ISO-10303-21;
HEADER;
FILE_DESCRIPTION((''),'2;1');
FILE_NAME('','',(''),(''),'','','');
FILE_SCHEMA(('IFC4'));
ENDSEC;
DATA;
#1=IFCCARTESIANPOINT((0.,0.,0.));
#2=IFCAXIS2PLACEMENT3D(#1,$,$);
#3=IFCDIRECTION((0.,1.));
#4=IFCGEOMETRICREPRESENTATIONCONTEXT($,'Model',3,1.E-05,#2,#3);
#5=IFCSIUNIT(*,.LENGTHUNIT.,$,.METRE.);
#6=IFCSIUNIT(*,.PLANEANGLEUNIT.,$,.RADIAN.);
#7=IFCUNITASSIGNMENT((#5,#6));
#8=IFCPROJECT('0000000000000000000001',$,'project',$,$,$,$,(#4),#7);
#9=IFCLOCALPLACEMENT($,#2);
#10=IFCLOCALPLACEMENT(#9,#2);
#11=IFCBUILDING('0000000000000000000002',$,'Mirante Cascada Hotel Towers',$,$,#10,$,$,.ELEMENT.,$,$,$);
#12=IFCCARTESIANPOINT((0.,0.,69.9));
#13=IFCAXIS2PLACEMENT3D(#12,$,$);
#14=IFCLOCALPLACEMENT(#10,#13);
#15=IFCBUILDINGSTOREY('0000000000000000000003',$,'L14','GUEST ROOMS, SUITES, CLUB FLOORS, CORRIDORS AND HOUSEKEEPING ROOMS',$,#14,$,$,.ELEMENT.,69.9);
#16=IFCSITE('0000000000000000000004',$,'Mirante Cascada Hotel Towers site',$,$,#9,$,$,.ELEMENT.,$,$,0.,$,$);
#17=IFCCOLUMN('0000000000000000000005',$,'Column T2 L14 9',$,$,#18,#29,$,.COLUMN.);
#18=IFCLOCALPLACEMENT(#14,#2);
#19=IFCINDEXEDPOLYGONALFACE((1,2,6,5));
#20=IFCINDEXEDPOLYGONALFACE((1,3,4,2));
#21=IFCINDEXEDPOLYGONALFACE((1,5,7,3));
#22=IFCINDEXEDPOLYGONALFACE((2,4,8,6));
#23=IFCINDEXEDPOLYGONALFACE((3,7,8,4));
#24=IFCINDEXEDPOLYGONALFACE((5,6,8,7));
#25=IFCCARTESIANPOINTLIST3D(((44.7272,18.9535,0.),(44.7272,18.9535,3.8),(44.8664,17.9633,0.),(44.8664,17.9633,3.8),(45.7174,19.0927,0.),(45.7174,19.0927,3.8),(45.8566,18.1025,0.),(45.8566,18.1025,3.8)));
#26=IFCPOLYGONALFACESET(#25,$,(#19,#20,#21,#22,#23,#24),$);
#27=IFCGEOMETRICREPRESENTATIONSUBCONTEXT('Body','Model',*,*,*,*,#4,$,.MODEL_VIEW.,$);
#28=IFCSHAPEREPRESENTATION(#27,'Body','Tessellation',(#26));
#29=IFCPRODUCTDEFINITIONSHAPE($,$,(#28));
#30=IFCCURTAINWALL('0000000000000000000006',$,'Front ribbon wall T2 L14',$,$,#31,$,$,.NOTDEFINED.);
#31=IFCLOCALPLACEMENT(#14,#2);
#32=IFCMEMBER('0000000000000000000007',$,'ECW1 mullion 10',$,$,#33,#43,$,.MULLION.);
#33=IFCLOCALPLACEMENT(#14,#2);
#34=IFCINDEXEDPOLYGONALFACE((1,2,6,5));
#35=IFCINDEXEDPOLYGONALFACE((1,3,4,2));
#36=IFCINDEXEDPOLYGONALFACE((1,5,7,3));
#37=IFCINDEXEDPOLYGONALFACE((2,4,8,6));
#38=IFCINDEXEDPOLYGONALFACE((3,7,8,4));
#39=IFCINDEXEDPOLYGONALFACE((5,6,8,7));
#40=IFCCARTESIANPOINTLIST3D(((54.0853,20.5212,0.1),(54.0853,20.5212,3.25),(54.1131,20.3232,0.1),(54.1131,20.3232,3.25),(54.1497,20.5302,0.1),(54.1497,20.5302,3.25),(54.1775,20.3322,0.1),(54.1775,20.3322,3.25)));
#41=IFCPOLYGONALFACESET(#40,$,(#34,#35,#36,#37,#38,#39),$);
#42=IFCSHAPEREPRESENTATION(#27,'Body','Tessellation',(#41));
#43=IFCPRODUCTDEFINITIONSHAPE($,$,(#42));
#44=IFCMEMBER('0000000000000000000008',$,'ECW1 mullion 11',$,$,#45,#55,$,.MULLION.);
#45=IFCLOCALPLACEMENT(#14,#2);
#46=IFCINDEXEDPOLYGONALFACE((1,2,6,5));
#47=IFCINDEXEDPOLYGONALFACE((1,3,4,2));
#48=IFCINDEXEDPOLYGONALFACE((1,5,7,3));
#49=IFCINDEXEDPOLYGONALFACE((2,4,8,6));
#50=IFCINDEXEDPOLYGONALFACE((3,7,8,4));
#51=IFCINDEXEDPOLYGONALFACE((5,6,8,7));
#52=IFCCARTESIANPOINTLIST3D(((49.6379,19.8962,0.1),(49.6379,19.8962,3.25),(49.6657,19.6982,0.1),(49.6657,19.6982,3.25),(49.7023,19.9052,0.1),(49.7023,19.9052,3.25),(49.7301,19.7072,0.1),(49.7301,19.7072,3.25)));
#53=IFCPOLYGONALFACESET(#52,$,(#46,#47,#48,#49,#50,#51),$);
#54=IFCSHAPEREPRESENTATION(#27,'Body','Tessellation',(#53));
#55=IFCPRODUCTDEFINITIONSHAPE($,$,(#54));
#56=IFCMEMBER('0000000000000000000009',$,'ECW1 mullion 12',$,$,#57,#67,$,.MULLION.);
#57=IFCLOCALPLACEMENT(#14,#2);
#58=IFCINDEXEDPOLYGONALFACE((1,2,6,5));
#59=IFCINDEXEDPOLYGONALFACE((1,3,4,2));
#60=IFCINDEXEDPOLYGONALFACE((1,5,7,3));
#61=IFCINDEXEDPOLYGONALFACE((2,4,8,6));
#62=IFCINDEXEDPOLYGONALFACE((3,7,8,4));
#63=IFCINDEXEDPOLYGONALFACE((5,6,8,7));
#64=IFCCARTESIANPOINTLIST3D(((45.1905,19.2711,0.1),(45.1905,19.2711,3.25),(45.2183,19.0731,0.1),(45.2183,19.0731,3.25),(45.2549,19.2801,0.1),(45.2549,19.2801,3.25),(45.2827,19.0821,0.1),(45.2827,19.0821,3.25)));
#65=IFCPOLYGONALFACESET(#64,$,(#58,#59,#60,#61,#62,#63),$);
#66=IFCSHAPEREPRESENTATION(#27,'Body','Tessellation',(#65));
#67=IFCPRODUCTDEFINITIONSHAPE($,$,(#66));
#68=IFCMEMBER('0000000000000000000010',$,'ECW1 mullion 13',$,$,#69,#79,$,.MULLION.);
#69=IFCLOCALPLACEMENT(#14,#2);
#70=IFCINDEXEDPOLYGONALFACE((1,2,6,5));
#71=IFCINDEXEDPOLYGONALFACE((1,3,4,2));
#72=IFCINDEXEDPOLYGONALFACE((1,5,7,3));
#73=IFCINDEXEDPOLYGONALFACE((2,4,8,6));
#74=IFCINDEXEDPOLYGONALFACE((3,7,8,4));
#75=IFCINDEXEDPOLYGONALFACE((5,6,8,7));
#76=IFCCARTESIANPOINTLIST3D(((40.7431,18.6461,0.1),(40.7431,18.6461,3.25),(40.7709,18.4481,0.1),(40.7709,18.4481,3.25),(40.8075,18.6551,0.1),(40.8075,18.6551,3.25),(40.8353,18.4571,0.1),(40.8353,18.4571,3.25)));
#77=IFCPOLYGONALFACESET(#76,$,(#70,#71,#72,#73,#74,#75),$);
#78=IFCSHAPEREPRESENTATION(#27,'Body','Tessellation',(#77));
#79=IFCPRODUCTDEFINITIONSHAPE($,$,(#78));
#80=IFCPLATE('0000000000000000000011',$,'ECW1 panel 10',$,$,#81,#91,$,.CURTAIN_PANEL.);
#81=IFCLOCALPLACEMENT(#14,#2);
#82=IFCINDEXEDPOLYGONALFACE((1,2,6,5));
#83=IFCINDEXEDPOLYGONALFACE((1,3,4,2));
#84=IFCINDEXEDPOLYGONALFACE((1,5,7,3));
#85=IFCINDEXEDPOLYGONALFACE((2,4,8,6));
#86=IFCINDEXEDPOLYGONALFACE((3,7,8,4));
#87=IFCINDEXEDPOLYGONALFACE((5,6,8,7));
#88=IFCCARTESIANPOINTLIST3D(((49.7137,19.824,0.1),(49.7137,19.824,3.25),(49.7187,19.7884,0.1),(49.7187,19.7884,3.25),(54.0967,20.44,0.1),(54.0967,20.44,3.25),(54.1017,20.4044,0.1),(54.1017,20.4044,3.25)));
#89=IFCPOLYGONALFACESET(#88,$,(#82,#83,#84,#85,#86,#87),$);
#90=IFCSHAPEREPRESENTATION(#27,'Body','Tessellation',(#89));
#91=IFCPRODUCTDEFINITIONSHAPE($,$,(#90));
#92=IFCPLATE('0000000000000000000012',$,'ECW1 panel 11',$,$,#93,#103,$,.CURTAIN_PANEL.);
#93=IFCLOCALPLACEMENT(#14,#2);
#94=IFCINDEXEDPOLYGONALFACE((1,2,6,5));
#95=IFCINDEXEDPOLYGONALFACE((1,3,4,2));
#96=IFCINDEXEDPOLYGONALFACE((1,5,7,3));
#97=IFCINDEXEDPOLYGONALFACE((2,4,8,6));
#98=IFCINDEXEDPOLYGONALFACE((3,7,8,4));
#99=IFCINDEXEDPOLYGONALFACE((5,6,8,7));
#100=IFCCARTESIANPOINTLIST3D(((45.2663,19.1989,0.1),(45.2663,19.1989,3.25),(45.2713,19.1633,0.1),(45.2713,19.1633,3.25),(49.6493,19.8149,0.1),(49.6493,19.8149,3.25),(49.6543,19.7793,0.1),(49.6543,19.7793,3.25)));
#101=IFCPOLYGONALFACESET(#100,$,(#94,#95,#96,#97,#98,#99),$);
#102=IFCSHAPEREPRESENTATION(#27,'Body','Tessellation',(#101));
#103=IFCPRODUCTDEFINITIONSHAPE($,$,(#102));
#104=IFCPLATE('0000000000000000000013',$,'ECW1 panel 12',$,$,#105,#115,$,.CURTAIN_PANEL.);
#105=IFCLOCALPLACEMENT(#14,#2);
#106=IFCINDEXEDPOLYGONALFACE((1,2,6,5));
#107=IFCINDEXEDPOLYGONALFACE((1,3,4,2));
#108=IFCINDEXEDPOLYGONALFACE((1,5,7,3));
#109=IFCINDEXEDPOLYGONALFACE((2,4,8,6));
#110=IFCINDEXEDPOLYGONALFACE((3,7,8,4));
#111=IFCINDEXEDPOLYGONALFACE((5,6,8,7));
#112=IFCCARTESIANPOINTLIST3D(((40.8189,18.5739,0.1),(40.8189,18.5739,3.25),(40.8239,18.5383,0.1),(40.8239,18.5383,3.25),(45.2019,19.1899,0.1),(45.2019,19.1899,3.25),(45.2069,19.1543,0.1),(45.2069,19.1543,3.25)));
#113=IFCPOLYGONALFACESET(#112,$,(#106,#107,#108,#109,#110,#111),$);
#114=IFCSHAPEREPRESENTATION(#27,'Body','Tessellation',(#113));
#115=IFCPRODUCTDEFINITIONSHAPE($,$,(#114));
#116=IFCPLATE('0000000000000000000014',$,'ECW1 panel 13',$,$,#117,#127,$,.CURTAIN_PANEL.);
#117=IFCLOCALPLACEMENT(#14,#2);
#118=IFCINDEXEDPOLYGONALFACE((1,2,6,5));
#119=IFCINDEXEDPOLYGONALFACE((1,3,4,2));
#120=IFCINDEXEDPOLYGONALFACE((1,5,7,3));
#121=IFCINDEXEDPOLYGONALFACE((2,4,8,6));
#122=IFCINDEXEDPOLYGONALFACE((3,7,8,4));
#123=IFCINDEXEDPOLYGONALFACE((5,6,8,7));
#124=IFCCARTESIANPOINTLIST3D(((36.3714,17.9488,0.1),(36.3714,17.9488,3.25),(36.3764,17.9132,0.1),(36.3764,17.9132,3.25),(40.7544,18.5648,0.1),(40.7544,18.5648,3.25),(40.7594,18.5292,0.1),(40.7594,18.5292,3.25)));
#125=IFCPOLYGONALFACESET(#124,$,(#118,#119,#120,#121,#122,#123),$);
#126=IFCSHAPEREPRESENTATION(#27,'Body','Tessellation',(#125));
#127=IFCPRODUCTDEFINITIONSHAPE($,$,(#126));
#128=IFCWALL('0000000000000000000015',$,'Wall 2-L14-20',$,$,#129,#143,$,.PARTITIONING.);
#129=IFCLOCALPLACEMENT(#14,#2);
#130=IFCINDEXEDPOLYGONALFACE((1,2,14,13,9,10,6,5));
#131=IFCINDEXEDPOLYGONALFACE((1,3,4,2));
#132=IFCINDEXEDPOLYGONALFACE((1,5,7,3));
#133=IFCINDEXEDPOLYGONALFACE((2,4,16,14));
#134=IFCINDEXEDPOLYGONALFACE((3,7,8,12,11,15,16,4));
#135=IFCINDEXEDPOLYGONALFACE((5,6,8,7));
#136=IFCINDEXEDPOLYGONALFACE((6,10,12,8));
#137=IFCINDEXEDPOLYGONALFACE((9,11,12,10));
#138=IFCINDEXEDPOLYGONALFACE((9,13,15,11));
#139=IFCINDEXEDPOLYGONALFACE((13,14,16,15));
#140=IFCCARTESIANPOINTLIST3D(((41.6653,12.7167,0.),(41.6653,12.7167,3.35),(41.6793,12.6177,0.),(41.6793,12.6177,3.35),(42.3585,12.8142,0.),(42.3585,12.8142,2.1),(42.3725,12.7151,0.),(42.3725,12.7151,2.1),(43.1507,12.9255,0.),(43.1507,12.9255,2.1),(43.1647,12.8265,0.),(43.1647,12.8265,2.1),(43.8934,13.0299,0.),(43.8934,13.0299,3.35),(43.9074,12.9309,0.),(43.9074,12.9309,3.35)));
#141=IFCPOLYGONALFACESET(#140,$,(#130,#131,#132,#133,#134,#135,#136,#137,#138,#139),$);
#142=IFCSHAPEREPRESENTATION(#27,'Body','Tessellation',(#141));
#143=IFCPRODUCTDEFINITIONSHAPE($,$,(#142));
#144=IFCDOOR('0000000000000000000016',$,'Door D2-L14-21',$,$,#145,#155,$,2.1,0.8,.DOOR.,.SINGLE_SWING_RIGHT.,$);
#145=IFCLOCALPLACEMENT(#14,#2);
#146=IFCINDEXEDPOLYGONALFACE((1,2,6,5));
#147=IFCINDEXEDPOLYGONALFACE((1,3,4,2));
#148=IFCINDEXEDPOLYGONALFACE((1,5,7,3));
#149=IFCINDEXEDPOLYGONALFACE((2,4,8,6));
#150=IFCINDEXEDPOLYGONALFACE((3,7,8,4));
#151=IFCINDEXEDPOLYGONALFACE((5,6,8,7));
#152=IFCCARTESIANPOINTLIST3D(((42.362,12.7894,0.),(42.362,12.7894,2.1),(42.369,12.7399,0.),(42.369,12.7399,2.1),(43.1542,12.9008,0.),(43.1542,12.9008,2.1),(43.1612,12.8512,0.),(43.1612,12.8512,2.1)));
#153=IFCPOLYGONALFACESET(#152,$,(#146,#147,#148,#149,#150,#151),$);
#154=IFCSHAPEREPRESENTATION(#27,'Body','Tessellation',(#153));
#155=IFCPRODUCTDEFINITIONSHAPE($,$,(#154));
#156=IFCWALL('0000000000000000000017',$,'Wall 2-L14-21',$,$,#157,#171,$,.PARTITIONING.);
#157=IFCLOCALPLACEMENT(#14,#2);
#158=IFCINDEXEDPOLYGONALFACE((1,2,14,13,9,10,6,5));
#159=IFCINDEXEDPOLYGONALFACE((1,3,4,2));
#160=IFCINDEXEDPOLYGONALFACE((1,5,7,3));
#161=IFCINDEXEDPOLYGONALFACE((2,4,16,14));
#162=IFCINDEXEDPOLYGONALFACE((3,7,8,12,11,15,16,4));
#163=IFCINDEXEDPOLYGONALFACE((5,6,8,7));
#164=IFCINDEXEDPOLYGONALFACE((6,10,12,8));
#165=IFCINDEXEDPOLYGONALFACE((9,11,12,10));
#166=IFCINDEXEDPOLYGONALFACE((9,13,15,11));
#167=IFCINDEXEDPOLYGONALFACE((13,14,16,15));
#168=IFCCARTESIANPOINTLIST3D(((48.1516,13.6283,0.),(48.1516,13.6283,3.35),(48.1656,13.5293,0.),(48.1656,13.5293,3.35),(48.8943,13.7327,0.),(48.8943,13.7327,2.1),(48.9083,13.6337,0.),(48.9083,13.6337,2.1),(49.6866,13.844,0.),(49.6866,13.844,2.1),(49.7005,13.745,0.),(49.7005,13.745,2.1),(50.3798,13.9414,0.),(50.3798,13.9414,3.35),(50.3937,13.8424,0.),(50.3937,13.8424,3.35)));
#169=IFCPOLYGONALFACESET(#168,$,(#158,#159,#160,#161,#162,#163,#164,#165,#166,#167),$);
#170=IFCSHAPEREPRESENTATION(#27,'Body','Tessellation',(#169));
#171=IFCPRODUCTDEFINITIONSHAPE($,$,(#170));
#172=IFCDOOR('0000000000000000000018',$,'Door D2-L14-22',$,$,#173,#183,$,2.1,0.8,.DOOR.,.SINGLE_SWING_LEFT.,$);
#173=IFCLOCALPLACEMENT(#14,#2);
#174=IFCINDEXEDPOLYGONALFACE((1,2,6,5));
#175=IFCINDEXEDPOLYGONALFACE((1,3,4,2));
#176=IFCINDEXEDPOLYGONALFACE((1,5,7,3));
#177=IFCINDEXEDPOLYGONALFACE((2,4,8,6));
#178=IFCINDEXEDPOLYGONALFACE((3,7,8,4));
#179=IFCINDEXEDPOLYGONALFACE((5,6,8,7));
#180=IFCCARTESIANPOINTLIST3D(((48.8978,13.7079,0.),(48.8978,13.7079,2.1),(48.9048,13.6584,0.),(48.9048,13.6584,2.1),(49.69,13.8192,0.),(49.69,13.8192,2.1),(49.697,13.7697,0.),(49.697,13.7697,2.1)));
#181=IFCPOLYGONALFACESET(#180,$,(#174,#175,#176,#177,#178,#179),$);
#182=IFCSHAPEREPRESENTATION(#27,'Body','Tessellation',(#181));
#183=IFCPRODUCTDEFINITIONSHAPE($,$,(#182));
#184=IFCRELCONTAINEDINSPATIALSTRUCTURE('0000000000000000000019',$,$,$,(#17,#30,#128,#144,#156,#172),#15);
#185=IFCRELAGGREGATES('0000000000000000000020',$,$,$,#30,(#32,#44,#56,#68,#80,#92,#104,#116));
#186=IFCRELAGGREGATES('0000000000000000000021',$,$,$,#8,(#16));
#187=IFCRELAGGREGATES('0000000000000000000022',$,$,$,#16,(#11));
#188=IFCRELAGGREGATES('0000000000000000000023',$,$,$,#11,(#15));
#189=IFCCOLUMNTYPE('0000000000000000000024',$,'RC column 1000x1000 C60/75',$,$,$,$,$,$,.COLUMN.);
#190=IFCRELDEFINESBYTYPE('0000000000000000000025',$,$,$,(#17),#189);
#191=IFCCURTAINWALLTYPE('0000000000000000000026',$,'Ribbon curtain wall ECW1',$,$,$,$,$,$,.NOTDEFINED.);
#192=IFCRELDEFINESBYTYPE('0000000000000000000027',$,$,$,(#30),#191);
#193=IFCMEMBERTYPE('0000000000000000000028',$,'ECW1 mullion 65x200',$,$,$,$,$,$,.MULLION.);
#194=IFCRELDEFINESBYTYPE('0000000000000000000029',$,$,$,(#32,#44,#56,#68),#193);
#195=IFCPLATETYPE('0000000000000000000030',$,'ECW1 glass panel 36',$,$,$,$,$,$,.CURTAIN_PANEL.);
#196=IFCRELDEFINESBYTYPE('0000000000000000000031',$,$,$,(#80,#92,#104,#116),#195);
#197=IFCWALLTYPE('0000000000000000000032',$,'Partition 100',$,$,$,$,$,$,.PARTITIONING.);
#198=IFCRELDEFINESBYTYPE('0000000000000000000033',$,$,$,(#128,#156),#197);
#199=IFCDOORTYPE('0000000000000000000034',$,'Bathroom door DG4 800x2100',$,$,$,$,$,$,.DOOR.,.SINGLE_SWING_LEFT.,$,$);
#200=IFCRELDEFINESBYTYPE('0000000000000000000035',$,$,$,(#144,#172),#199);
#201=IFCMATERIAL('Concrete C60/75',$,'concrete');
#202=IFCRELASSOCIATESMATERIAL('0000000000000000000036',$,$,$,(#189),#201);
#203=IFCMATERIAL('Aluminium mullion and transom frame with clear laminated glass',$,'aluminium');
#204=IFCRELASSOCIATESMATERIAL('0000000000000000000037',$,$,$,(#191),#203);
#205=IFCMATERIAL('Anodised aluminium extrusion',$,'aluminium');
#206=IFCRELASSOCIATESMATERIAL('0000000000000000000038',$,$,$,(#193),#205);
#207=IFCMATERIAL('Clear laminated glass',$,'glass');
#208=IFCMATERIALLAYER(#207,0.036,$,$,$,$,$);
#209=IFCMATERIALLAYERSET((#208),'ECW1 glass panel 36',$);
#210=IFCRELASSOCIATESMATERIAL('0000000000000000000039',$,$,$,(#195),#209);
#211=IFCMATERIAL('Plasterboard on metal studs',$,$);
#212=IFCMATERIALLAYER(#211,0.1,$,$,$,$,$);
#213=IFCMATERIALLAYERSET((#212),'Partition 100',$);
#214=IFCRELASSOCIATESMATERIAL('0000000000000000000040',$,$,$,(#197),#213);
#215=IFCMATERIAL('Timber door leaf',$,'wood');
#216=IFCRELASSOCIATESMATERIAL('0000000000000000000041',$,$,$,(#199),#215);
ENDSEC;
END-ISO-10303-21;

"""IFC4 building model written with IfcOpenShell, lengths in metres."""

from ifc_helpers import new_model, si_unit, direction, frame, frame_2d, origin, origin_2d, place, context, subcontext, project, spatial, rectangle, extrude, material, layer, layer_set, material_profile, profile_set, type_object, element, fill, aggregate, save


model = new_model("IFC4")

# Units and contexts
model_context = context("Model", 3, precision=1e-05, world=origin(), true_north=direction((0.0, 1.0)))
body_context = subcontext(model_context, "Body", "Model", "MODEL_VIEW")
ifc_project = project(units=[si_unit("LENGTHUNIT", "METRE"), si_unit("PLANEANGLEUNIT", "RADIAN")], contexts=[model_context])

# Site, building, storey
site_placement = place(None, origin())
site = spatial("IfcSite", under=ifc_project, at=site_placement, Name="Mirante Cascada Hotel Towers site", CompositionType="ELEMENT", RefElevation=0.0)
building_placement = place(site_placement, origin())
building = spatial("IfcBuilding", under=site, at=building_placement, Name="Mirante Cascada Hotel Towers", CompositionType="ELEMENT")
storey_placement = place(building_placement, frame((0.0, 0.0, 69.9)))
storey = spatial("IfcBuildingStorey", under=building, at=storey_placement, Name="L14", Description="GUEST ROOMS, SUITES, CLUB FLOORS, CORRIDORS AND HOUSEKEEPING ROOMS", CompositionType="ELEMENT", Elevation=69.9)

# Column
ifc_material_1 = material(Name="Concrete C60/75", Category="concrete")
ifc_material_profile_1 = material_profile(ifc_material_1, rectangle(XDim=1.0, YDim=1.0, at=origin_2d()), Name="RC column 1000x1000 C60/75")
ifc_profile_set_1 = profile_set([ifc_material_profile_1], Name="Concrete C60/75")
column_type = type_object("IfcColumnType", Name="RC column 1000x1000 C60/75", PredefinedType="COLUMN", material=ifc_profile_set_1)
column_placement = place(storey_placement, frame((45.2919, 18.528, 0.0), z_axis=(0.0, 0.0, 1.0), x_axis=(0.990268, 0.139173, 0.0)))
element("IfcColumn", 1, at=column_placement, inside=storey, type_object=column_type, Name="Column T2 L14 9", PredefinedType="COLUMN", context=body_context, shape_type="SweptSolid", body=[
    extrude(rectangle(XDim=1.0, YDim=1.0, at=origin_2d()), origin(), (0.0, 0.0, 1.0), 3.8),
])

# Curtain wall, members, plates
ifc_material_2 = material(Name="Aluminium mullion and transom frame with clear laminated glass", Category="aluminium")
curtain_wall_type = type_object("IfcCurtainWallType", Name="Ribbon curtain wall ECW1", PredefinedType="NOTDEFINED", material=ifc_material_2)
curtain_wall_placement = place(storey_placement, origin())
curtain_wall = element("IfcCurtainWall", 2, at=curtain_wall_placement, inside=storey, type_object=curtain_wall_type, Name="Front ribbon wall T2 L14", PredefinedType="NOTDEFINED")
ifc_material_3 = material(Name="Anodised aluminium extrusion", Category="aluminium")
ifc_material_profile_2 = material_profile(ifc_material_3, rectangle(XDim=0.2, YDim=0.065, at=origin_2d()), Name="ECW1 MULLION 65x200")
ifc_profile_set_2 = profile_set([ifc_material_profile_2], Name="Anodised aluminium extrusion")
member_type = type_object("IfcMemberType", Name="ECW1 mullion 65x200", PredefinedType="MULLION", material=ifc_profile_set_2)
member_1_placement = place(storey_placement, frame((54.1314, 20.4267, 0.1), z_axis=(0.0, 0.0, 1.0), x_axis=(0.139173, -0.990268, 0.0)))
member_1 = element("IfcMember", 3, at=member_1_placement, type_object=member_type, Name="ECW1 mullion 10", PredefinedType="MULLION", context=body_context, shape_type="SweptSolid", body=[
    extrude(rectangle(XDim=0.2, YDim=0.065, at=origin_2d()), origin(), (0.0, 0.0, 1.0), 3.15),
])
member_2_placement = place(storey_placement, frame((49.684, 19.8017, 0.1), z_axis=(0.0, 0.0, 1.0), x_axis=(0.139173, -0.990268, 0.0)))
member_2 = element("IfcMember", 4, at=member_2_placement, type_object=member_type, Name="ECW1 mullion 11", PredefinedType="MULLION", context=body_context, shape_type="SweptSolid", body=[
    extrude(rectangle(XDim=0.2, YDim=0.065, at=origin_2d()), origin(), (0.0, 0.0, 1.0), 3.15),
])
member_3_placement = place(storey_placement, frame((45.2366, 19.1766, 0.1), z_axis=(0.0, 0.0, 1.0), x_axis=(0.139173, -0.990268, 0.0)))
member_3 = element("IfcMember", 5, at=member_3_placement, type_object=member_type, Name="ECW1 mullion 12", PredefinedType="MULLION", context=body_context, shape_type="SweptSolid", body=[
    extrude(rectangle(XDim=0.2, YDim=0.065, at=origin_2d()), origin(), (0.0, 0.0, 1.0), 3.15),
])
member_4_placement = place(storey_placement, frame((40.7892, 18.5516, 0.1), z_axis=(0.0, 0.0, 1.0), x_axis=(0.139173, -0.990268, 0.0)))
member_4 = element("IfcMember", 6, at=member_4_placement, type_object=member_type, Name="ECW1 mullion 13", PredefinedType="MULLION", context=body_context, shape_type="SweptSolid", body=[
    extrude(rectangle(XDim=0.2, YDim=0.065, at=origin_2d()), origin(), (0.0, 0.0, 1.0), 3.15),
])
ifc_material_4 = material(Name="Clear laminated glass", Category="glass")
ifc_layer_1 = layer(ifc_material_4, 0.036)
ifc_layer_set_1 = layer_set([ifc_layer_1], Name="ECW1 glass panel 36")
plate_type = type_object("IfcPlateType", Name="ECW1 glass panel 36", PredefinedType="CURTAIN_PANEL", material=ifc_layer_set_1)
plate_1_placement = place(storey_placement, frame((51.9077, 20.1142, 0.1), z_axis=(0.0, 0.0, 1.0), x_axis=(-0.990268, -0.139173, 0.0)))
plate_1 = element("IfcPlate", 7, at=plate_1_placement, type_object=plate_type, Name="ECW1 panel 10", PredefinedType="CURTAIN_PANEL", context=body_context, shape_type="SweptSolid", body=[
    extrude(rectangle(XDim=4.4261, YDim=0.036, at=origin_2d()), origin(), (0.0, 0.0, 1.0), 3.15),
])
plate_2_placement = place(storey_placement, frame((47.4603, 19.4891, 0.1), z_axis=(0.0, 0.0, 1.0), x_axis=(-0.990268, -0.139173, 0.0)))
plate_2 = element("IfcPlate", 8, at=plate_2_placement, type_object=plate_type, Name="ECW1 panel 11", PredefinedType="CURTAIN_PANEL", context=body_context, shape_type="SweptSolid", body=[
    extrude(rectangle(XDim=4.4261, YDim=0.036, at=origin_2d()), origin(), (0.0, 0.0, 1.0), 3.15),
])
plate_3_placement = place(storey_placement, frame((43.0129, 18.8641, 0.1), z_axis=(0.0, 0.0, 1.0), x_axis=(-0.990268, -0.139173, 0.0)))
plate_3 = element("IfcPlate", 9, at=plate_3_placement, type_object=plate_type, Name="ECW1 panel 12", PredefinedType="CURTAIN_PANEL", context=body_context, shape_type="SweptSolid", body=[
    extrude(rectangle(XDim=4.4261, YDim=0.036, at=origin_2d()), origin(), (0.0, 0.0, 1.0), 3.15),
])
plate_4_placement = place(storey_placement, frame((38.5654, 18.239, 0.1), z_axis=(0.0, 0.0, 1.0), x_axis=(-0.990268, -0.139173, 0.0)))
plate_4 = element("IfcPlate", 10, at=plate_4_placement, type_object=plate_type, Name="ECW1 panel 13", PredefinedType="CURTAIN_PANEL", context=body_context, shape_type="SweptSolid", body=[
    extrude(rectangle(XDim=4.4261, YDim=0.036, at=origin_2d()), origin(), (0.0, 0.0, 1.0), 3.15),
])
aggregate(curtain_wall, [member_1, member_2, member_3, member_4, plate_1, plate_2, plate_3, plate_4])

# Walls, openings, doors
ifc_material_5 = material(Name="Plasterboard on metal studs")
ifc_layer_2 = layer(ifc_material_5, 0.1)
ifc_layer_set_2 = layer_set([ifc_layer_2], Name="Partition 100")
wall_type = type_object("IfcWallType", Name="Partition 100", PredefinedType="PARTITIONING", material=ifc_layer_set_2)
wall_1_placement = place(storey_placement, frame((43.9004, 12.9804, 0.0), z_axis=(0.0, 0.0, 1.0), x_axis=(-0.990264, -0.1392, 0.0)))
wall_1 = element("IfcWall", 11, at=wall_1_placement, inside=storey, type_object=wall_type, Name="Wall 2-L14-20", PredefinedType="PARTITIONING", context=body_context, shape_type="SweptSolid", body=[
    extrude(rectangle(XDim=2.25, YDim=0.1, at=frame_2d((1.125, 0.0))), origin(), (0.0, 0.0, 1.0), 3.35),
])
opening_1_placement = place(wall_1_placement, frame((0.75, 0.0, 0.0)))
opening_1 = element("IfcOpeningElement", 12, at=opening_1_placement, cuts=wall_1, PredefinedType="OPENING", context=body_context, shape_type="SweptSolid", body=[
    extrude(rectangle(XDim=0.8, YDim=2.1, at=frame_2d((0.4, 1.05))), frame((0.0, 0.05, 0.0), z_axis=(0.0, -1.0, 0.0), x_axis=(1.0, 0.0, 0.0)), (0.0, 0.0, 1.0), 0.1),
])
ifc_material_6 = material(Name="Timber door leaf", Category="wood")
door_type = type_object("IfcDoorType", Name="Bathroom door DG4 800x2100", OperationType="SINGLE_SWING_LEFT", PredefinedType="DOOR", material=ifc_material_6)
door_1_placement = place(opening_1_placement, frame((0.8, 0.0, 0.0), z_axis=(0.0, 0.0, 1.0), x_axis=(-1.0, 0.0, 0.0)))
door_1 = element("IfcDoor", 13, at=door_1_placement, inside=storey, type_object=door_type, Name="Door D2-L14-21", OperationType="SINGLE_SWING_RIGHT", OverallHeight=2.1, OverallWidth=0.8, PredefinedType="DOOR", context=body_context, shape_type="SweptSolid", body=[
    extrude(rectangle(XDim=0.8, YDim=2.1, at=frame_2d((0.4, 1.05))), frame((0.0, 0.025, 0.0), z_axis=(0.0, -1.0, 0.0), x_axis=(1.0, 0.0, 0.0)), (0.0, 0.0, 1.0), 0.05),
])
fill(opening_1, door_1)
wall_2_placement = place(storey_placement, frame((48.1586, 13.5788, 0.0), z_axis=(0.0, 0.0, 1.0), x_axis=(0.990271, 0.139156, 0.0)))
wall_2 = element("IfcWall", 14, at=wall_2_placement, inside=storey, type_object=wall_type, Name="Wall 2-L14-21", PredefinedType="PARTITIONING", context=body_context, shape_type="SweptSolid", body=[
    extrude(rectangle(XDim=2.25, YDim=0.1, at=frame_2d((1.125, 0.0))), origin(), (0.0, 0.0, 1.0), 3.35),
])
opening_2_placement = place(wall_2_placement, frame((0.75, 0.0, 0.0)))
opening_2 = element("IfcOpeningElement", 15, at=opening_2_placement, cuts=wall_2, PredefinedType="OPENING", context=body_context, shape_type="SweptSolid", body=[
    extrude(rectangle(XDim=0.8, YDim=2.1, at=frame_2d((0.4, 1.05))), frame((0.0, 0.05, 0.0), z_axis=(0.0, -1.0, 0.0), x_axis=(1.0, 0.0, 0.0)), (0.0, 0.0, 1.0), 0.1),
])
door_2_placement = place(opening_2_placement, origin())
door_2 = element("IfcDoor", 16, at=door_2_placement, inside=storey, type_object=door_type, Name="Door D2-L14-22", OperationType="SINGLE_SWING_LEFT", OverallHeight=2.1, OverallWidth=0.8, PredefinedType="DOOR", context=body_context, shape_type="SweptSolid", body=[
    extrude(rectangle(XDim=0.8, YDim=2.1, at=frame_2d((0.4, 1.05))), frame((0.0, 0.025, 0.0), z_axis=(0.0, -1.0, 0.0), x_axis=(1.0, 0.0, 0.0)), (0.0, 0.0, 1.0), 0.05),
])
fill(opening_2, door_2)

save(model, "model.ifc")
